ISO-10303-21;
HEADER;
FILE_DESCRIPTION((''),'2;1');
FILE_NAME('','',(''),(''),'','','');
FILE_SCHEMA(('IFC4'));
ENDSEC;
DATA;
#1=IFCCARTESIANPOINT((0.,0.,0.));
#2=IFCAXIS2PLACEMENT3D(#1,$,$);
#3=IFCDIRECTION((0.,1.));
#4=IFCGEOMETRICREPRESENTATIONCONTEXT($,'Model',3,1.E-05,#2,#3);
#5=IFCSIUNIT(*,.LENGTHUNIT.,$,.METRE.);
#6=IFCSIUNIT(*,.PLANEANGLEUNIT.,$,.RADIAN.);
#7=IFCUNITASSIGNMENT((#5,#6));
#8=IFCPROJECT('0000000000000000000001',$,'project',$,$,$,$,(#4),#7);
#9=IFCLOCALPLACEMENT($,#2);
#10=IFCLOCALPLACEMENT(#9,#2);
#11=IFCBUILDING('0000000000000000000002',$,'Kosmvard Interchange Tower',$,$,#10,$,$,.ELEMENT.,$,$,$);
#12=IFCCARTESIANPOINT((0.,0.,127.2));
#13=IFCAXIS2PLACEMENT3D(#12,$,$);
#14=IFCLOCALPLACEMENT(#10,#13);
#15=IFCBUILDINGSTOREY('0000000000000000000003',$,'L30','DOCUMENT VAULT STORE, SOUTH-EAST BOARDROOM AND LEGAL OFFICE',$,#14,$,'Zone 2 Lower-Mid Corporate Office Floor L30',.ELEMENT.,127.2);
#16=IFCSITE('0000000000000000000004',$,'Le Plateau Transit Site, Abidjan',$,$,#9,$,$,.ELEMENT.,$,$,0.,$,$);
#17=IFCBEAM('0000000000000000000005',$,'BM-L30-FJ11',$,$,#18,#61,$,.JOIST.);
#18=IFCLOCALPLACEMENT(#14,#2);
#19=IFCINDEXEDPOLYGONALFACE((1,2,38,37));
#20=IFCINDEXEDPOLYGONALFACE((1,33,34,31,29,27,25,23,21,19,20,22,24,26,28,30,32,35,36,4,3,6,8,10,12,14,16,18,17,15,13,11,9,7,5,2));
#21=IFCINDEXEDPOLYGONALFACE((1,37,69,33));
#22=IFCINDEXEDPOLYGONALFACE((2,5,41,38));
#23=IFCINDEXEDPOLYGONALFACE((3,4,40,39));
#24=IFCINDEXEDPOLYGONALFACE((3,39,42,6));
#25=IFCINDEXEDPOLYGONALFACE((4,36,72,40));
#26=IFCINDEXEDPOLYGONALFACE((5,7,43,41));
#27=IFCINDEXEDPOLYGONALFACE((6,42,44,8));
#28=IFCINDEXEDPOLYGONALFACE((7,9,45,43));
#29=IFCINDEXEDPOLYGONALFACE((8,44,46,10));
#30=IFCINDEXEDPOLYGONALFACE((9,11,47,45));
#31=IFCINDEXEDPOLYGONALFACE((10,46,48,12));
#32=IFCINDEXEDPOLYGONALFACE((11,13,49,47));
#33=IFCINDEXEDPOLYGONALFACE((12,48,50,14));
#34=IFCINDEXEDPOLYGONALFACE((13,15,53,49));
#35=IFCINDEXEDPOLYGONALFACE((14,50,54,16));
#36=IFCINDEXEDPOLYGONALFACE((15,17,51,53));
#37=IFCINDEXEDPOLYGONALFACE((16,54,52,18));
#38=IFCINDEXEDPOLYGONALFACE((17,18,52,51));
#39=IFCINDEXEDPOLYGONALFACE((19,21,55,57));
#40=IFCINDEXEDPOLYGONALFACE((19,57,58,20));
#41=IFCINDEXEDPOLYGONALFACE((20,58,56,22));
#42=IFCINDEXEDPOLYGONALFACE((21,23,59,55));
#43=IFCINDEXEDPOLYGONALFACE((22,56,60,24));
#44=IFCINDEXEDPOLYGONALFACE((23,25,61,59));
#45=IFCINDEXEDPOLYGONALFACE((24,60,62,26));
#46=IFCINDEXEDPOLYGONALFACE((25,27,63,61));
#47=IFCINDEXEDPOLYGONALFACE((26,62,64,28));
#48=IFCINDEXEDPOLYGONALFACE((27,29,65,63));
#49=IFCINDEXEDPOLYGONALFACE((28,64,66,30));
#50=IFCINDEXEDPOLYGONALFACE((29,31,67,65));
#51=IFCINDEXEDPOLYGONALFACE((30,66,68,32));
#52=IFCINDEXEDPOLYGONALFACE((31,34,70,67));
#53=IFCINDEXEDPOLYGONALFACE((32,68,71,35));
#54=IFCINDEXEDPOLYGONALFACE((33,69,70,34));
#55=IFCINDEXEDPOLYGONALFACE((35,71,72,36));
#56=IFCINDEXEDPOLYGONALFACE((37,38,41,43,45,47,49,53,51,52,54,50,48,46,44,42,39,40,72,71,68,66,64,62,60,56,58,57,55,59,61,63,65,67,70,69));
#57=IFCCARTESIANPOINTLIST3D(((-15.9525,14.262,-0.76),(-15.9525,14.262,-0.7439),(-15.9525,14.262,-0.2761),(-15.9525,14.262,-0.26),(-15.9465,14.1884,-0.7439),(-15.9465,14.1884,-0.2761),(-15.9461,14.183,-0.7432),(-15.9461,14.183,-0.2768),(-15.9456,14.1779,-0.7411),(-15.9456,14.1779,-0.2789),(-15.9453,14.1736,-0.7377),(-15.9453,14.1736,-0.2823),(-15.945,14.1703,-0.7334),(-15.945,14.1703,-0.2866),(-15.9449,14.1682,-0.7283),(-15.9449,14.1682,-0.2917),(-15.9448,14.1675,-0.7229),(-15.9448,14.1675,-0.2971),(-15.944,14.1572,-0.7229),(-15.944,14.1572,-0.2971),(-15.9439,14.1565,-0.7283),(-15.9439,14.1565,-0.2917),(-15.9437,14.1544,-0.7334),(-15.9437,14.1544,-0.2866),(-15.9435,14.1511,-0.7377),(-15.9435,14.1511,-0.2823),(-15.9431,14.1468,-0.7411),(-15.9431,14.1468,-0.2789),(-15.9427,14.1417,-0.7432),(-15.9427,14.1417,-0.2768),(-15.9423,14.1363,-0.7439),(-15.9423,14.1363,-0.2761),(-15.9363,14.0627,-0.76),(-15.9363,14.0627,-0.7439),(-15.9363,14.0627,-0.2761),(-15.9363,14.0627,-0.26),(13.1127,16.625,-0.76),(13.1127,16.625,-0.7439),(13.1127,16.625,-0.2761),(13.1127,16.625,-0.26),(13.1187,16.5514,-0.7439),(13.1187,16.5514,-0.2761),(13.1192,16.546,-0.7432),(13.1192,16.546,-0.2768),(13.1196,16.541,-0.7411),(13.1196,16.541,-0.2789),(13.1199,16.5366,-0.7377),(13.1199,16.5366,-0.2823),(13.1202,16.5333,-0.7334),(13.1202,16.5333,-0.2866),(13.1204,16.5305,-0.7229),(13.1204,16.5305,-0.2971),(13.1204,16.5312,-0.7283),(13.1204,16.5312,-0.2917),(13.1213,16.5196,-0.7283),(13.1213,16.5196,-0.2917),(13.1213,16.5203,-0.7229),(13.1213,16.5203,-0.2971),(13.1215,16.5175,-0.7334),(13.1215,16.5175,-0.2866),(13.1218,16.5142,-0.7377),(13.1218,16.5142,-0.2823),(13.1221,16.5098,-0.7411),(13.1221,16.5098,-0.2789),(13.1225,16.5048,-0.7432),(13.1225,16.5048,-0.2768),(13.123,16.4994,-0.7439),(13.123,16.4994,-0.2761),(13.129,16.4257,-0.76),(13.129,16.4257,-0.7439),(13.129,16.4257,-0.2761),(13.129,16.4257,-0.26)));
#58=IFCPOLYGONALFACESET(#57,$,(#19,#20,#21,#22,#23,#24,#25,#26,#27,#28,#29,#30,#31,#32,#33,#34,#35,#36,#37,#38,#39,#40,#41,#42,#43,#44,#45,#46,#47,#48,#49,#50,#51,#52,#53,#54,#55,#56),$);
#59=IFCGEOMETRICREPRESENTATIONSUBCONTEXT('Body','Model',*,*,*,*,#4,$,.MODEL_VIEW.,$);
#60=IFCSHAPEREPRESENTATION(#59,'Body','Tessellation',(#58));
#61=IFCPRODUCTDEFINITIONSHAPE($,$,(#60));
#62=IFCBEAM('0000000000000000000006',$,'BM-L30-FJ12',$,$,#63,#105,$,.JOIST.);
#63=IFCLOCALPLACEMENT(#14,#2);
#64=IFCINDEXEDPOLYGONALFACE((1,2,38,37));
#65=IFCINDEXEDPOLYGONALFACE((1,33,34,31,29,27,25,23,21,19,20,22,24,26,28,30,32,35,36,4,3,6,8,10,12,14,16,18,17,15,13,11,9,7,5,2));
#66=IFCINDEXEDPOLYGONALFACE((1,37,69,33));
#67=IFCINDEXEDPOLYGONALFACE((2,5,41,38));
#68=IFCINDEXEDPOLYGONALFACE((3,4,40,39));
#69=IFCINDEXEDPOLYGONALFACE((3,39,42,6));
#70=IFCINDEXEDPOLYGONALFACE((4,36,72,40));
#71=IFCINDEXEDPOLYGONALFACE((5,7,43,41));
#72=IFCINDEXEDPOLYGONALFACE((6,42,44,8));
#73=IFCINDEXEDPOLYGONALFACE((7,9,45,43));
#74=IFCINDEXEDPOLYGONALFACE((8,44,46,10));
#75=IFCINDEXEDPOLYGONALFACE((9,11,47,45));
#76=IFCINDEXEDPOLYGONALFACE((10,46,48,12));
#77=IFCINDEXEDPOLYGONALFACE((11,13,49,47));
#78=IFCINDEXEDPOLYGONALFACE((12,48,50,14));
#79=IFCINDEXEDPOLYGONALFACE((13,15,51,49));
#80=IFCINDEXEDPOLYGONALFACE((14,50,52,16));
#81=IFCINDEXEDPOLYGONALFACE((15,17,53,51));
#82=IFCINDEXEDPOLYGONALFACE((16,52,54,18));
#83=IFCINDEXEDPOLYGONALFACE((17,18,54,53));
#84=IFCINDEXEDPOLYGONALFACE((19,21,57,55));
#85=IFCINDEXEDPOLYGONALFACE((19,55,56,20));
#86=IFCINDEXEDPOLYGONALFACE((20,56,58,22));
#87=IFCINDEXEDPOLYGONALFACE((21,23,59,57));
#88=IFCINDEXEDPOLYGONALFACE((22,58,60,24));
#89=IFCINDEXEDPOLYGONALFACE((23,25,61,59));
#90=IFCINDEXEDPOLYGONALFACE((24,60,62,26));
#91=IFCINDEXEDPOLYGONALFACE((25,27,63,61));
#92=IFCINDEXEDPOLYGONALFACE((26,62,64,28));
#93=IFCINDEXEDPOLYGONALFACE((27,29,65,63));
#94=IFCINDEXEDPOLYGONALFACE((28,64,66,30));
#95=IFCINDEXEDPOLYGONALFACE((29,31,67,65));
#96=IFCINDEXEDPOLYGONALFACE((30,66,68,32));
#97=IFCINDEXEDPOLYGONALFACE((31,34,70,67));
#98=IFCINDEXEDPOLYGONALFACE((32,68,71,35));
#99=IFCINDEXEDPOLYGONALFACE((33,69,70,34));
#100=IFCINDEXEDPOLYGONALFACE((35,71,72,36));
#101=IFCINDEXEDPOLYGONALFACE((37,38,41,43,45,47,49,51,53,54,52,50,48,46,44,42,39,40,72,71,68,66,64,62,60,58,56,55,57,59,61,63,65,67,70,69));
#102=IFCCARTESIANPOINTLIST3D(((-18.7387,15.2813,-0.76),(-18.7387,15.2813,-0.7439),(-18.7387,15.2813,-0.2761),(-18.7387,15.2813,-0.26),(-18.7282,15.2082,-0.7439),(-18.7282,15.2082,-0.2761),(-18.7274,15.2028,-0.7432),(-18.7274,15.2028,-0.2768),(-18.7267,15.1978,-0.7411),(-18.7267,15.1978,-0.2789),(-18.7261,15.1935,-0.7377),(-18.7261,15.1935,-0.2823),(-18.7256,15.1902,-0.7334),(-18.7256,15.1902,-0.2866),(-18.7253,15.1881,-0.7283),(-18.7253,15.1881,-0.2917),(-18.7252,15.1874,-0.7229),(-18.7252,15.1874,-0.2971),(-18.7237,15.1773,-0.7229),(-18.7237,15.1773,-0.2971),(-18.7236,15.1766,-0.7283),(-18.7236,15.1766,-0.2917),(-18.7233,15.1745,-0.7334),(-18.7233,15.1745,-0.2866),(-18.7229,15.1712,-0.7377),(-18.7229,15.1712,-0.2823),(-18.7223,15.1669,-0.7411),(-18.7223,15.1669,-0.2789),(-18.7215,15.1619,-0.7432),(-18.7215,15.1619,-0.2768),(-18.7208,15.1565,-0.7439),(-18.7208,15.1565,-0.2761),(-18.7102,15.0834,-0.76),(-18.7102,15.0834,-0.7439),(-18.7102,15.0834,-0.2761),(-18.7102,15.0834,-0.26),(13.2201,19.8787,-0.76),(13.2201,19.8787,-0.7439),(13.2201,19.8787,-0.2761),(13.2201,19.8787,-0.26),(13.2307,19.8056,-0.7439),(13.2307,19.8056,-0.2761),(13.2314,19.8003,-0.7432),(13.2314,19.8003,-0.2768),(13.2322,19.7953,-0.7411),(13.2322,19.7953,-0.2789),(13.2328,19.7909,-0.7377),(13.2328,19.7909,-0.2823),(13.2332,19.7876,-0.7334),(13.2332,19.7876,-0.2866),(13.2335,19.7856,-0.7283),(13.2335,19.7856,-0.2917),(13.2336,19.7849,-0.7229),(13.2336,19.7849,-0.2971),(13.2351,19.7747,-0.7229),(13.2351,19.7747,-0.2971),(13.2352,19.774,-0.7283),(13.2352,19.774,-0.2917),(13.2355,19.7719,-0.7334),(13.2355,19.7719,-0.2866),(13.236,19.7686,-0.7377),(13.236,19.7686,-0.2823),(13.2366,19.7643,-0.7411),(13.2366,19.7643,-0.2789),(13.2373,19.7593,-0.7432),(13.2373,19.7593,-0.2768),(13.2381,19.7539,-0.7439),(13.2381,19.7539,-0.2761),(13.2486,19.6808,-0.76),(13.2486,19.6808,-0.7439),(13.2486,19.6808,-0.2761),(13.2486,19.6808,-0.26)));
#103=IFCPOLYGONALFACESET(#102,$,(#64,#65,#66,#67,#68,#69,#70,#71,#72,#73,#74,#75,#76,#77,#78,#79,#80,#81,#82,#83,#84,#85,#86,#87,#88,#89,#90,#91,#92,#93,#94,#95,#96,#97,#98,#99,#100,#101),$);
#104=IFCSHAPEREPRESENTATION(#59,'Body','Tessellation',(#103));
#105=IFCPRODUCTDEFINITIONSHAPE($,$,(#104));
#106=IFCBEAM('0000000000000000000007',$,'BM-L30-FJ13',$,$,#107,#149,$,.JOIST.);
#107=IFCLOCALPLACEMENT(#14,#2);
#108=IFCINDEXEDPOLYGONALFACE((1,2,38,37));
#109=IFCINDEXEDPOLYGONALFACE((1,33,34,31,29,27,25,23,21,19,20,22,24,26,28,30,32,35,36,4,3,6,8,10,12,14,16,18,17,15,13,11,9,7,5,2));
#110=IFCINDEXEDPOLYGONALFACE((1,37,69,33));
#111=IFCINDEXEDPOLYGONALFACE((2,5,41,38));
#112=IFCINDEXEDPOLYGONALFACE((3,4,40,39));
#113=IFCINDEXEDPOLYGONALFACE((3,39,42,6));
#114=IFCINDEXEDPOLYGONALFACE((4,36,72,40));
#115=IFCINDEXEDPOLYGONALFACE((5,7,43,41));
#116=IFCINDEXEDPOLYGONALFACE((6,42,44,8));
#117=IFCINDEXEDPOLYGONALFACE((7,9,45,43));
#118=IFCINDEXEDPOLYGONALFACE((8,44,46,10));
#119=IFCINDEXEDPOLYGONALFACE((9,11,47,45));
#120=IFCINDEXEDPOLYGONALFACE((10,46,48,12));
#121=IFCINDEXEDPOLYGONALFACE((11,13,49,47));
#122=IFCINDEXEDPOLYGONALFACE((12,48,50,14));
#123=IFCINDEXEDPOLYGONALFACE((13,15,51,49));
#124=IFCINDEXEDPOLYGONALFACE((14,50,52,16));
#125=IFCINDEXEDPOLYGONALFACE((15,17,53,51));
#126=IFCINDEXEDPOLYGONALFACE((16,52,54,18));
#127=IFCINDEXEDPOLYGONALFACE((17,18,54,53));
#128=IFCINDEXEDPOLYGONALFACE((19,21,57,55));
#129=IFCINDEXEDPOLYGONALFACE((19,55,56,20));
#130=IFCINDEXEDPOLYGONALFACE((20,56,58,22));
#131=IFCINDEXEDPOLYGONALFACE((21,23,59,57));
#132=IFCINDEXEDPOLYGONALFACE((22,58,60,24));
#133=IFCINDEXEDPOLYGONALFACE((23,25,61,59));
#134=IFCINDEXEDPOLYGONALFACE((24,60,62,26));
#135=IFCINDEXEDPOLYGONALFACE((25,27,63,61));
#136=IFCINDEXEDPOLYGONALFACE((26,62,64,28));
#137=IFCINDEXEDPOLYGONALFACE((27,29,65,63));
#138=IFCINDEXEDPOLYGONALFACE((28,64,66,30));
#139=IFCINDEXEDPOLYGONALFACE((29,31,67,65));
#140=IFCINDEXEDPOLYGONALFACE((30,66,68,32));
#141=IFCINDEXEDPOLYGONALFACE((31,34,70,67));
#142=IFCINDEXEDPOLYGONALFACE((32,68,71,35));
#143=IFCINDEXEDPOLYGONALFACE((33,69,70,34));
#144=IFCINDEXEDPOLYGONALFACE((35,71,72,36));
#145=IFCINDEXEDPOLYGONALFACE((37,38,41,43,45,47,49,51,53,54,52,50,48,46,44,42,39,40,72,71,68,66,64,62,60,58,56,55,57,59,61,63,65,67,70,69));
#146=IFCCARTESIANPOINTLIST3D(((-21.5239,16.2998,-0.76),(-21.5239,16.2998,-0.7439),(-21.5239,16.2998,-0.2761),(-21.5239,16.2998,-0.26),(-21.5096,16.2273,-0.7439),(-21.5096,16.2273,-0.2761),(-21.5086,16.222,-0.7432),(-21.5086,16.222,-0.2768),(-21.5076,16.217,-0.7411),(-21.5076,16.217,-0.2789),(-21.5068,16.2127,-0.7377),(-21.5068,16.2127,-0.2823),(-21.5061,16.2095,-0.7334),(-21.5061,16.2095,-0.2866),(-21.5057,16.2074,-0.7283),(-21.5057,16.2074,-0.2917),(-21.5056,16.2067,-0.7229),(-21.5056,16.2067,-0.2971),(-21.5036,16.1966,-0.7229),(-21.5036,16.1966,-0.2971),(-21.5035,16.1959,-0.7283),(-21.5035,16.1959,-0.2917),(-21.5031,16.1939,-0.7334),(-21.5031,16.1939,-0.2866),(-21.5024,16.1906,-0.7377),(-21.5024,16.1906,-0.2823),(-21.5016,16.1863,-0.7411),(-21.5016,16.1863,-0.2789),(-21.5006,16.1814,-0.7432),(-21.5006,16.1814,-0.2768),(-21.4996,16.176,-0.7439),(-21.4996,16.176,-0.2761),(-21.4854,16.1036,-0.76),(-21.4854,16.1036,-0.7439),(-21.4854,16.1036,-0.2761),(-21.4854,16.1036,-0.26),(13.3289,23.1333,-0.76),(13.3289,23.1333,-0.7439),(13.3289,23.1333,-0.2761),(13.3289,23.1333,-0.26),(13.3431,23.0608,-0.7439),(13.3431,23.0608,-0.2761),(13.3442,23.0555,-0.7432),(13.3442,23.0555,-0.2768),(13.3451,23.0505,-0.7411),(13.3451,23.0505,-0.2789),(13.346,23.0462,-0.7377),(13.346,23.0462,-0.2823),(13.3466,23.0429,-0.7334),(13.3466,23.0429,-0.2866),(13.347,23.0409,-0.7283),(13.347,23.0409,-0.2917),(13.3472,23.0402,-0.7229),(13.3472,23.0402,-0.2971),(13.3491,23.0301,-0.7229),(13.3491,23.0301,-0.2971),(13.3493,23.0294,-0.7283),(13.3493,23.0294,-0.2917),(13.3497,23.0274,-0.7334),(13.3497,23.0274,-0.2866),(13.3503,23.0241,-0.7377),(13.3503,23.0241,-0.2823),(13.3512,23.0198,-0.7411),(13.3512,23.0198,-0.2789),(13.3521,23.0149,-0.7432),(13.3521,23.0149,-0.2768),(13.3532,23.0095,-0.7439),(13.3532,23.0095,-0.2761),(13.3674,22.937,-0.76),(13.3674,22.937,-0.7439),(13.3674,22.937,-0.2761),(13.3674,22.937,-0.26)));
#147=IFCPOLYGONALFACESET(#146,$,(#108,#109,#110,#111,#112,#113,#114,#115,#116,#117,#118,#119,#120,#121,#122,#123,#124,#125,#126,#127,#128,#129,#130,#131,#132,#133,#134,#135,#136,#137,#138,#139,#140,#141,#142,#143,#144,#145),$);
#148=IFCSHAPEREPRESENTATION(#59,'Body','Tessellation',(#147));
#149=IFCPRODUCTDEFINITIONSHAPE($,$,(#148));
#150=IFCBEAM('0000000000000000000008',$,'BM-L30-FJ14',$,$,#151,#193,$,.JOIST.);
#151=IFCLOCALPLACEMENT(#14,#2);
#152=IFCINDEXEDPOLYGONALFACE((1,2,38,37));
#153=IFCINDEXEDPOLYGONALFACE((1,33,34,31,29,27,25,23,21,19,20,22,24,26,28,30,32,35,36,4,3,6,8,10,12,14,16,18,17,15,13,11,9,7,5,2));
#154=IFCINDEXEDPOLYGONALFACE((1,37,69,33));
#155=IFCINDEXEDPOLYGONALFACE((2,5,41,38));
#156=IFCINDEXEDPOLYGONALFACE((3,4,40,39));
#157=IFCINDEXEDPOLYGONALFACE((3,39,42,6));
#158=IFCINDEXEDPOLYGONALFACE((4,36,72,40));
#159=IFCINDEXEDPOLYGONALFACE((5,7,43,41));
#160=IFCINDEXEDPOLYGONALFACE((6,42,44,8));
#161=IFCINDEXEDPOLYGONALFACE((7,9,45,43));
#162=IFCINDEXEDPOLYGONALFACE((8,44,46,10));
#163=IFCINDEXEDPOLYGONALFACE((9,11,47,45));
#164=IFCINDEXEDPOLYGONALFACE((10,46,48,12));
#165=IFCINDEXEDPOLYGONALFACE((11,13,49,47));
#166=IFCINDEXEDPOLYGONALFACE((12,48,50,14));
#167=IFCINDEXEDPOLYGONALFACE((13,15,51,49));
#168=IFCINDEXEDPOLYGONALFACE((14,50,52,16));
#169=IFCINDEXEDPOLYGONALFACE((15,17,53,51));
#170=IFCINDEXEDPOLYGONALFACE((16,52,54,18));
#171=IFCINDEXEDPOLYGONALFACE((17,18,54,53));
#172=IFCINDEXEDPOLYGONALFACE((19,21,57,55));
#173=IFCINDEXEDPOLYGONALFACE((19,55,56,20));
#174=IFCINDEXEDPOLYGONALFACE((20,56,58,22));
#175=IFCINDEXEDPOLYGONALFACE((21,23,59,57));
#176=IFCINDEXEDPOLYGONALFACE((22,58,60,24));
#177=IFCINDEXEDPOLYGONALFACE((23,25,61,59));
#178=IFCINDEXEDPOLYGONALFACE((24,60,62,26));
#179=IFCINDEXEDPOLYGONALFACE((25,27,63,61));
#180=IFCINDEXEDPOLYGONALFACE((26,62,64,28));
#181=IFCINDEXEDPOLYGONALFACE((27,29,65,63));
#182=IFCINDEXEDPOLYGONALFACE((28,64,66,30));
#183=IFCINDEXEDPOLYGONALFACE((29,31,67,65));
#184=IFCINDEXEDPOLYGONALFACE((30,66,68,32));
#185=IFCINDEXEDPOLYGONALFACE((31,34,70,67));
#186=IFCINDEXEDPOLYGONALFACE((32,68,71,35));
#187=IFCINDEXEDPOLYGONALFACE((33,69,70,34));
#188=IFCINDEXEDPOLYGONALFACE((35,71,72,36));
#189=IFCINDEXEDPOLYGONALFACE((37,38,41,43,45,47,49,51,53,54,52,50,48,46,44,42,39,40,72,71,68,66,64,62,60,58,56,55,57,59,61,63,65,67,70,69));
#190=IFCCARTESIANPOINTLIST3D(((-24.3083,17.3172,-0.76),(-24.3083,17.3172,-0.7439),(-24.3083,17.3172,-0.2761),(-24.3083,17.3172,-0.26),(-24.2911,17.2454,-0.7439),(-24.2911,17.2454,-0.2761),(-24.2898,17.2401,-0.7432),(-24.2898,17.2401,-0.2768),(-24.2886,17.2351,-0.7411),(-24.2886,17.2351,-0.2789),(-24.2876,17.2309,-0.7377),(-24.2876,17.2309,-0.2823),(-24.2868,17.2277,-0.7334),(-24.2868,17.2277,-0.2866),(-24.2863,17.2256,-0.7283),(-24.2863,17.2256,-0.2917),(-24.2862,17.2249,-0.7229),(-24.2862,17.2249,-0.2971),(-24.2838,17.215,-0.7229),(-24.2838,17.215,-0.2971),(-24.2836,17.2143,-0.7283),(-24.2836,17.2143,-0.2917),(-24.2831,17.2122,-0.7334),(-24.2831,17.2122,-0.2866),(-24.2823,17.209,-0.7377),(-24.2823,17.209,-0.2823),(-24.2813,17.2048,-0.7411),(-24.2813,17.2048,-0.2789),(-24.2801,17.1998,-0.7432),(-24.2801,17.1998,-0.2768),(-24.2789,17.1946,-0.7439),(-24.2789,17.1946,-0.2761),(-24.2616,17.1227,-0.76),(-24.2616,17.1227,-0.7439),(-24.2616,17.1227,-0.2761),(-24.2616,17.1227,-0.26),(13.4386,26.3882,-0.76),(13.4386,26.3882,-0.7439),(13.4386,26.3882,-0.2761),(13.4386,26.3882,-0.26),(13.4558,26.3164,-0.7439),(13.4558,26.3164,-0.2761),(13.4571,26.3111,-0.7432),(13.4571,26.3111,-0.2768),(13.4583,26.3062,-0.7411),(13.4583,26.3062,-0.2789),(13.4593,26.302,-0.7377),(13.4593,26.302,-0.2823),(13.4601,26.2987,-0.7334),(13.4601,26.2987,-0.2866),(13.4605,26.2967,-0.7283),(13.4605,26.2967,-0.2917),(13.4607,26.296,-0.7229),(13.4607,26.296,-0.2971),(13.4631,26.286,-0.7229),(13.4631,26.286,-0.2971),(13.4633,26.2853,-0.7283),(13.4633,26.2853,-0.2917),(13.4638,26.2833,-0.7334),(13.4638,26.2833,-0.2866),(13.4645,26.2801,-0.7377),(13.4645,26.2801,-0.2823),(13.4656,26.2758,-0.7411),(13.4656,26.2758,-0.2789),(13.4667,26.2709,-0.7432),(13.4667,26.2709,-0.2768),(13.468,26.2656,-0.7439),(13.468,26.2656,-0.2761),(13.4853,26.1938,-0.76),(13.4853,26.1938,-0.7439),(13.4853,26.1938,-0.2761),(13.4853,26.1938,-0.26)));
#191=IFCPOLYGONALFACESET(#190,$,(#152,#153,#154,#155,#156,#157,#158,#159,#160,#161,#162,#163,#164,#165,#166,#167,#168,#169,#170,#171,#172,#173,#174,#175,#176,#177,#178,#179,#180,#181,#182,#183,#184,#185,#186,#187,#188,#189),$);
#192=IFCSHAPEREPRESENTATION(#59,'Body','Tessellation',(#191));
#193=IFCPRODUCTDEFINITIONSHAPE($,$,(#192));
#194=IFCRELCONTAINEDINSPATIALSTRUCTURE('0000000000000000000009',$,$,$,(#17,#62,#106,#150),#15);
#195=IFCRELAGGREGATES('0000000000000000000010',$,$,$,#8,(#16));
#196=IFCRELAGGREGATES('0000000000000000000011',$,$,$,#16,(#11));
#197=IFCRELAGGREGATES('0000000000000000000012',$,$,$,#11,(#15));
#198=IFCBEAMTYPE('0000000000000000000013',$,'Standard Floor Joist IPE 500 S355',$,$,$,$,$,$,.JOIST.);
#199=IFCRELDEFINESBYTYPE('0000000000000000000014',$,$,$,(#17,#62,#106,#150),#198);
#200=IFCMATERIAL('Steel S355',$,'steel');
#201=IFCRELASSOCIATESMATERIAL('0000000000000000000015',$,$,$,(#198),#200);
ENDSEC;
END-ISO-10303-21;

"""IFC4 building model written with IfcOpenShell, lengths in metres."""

from ifc_helpers import new_model, si_unit, direction, frame, origin, origin_2d, place, context, subcontext, project, spatial, i_section, extrude, source, transform, mapped, material, material_profile, profile_set, type_object, element, save


model = new_model("IFC4")

# Units and contexts
model_context = context("Model", 3, precision=1e-05, world=origin(), true_north=direction((0.0, 1.0)))
body_context = subcontext(model_context, "Body", "Model", "MODEL_VIEW")
ifc_project = project(units=[si_unit("LENGTHUNIT", "METRE"), si_unit("PLANEANGLEUNIT", "RADIAN")], contexts=[model_context])

# Site, building, storey
site_placement = place(None, origin())
site = spatial("IfcSite", under=ifc_project, at=site_placement, Name="Le Plateau Transit Site, Abidjan", CompositionType="ELEMENT", RefElevation=0.0)
building_placement = place(site_placement, origin())
building = spatial("IfcBuilding", under=site, at=building_placement, Name="Kosmvard Interchange Tower", CompositionType="ELEMENT")
storey_placement = place(building_placement, frame((0.0, 0.0, 127.2)))
storey = spatial("IfcBuildingStorey", under=building, at=storey_placement, Name="L30", Description="DOCUMENT VAULT STORE, SOUTH-EAST BOARDROOM AND LEGAL OFFICE", LongName="Zone 2 Lower-Mid Corporate Office Floor L30", CompositionType="ELEMENT", Elevation=127.2)

# Beams
ifc_material_1 = material(Name="Steel S355", Category="steel")
ifc_material_profile_1 = material_profile(ifc_material_1, i_section(OverallWidth=0.2, OverallDepth=0.5, WebThickness=0.0103, FlangeThickness=0.0161, FilletRadius=0.021, at=origin_2d()), Name="IPE 500")
ifc_profile_set_1 = profile_set([ifc_material_profile_1], Name="Steel S355")
beam_type_1 = type_object("IfcBeamType", Name="Standard Floor Joist IPE 500 S355", PredefinedType="JOIST", material=ifc_profile_set_1)
shared_shape_1 = source(origin(), body_context, "Body", "SweptSolid", [
    extrude(i_section(OverallWidth=0.2, OverallDepth=0.5, WebThickness=0.0103, FlangeThickness=0.0161, FilletRadius=0.021, at=origin_2d()), origin(), (0.0, 0.0, 1.0), 29.1611),
])
beam_1_placement = place(storey_placement, frame((13.1208, 16.5254, -0.51), z_axis=(-0.996711, -0.081034, 0.0), x_axis=(0.081034, -0.996711, 0.0)))
element("IfcBeam", 1, at=beam_1_placement, inside=storey, type_object=beam_type_1, Name="BM-L30-FJ11", PredefinedType="JOIST", context=body_context, shape_type="MappedRepresentation", body=[
    mapped(shared_shape_1, transform((0.0, 0.0, 0.0), scale=1.0)),
])
shared_shape_2 = source(origin(), body_context, "Body", "SweptSolid", [
    extrude(i_section(OverallWidth=0.2, OverallDepth=0.5, WebThickness=0.0103, FlangeThickness=0.0161, FilletRadius=0.021, at=origin_2d()), origin(), (0.0, 0.0, 1.0), 32.2878),
])
beam_2_placement = place(storey_placement, frame((13.2344, 19.7798, -0.51), z_axis=(-0.989811, -0.142389, 0.0), x_axis=(0.142389, -0.989811, 0.0)))
element("IfcBeam", 2, at=beam_2_placement, inside=storey, type_object=beam_type_1, Name="BM-L30-FJ12", PredefinedType="JOIST", context=body_context, shape_type="MappedRepresentation", body=[
    mapped(shared_shape_2, transform((0.0, 0.0, 0.0), scale=1.0)),
])
shared_shape_3 = source(origin(), body_context, "Body", "SweptSolid", [
    extrude(i_section(OverallWidth=0.2, OverallDepth=0.5, WebThickness=0.0103, FlangeThickness=0.0161, FilletRadius=0.021, at=origin_2d()), origin(), (0.0, 0.0, 1.0), 35.5164),
])
beam_3_placement = place(storey_placement, frame((13.3481, 23.0352, -0.51), z_axis=(-0.981316, -0.192404, 0.0), x_axis=(0.192404, -0.981316, 0.0)))
element("IfcBeam", 3, at=beam_3_placement, inside=storey, type_object=beam_type_1, Name="BM-L30-FJ13", PredefinedType="JOIST", context=body_context, shape_type="MappedRepresentation", body=[
    mapped(shared_shape_3, transform((0.0, 0.0, 0.0), scale=1.0)),
])
shared_shape_4 = source(origin(), body_context, "Body", "SweptSolid", [
    extrude(i_section(OverallWidth=0.2, OverallDepth=0.5, WebThickness=0.0103, FlangeThickness=0.0161, FilletRadius=0.021, at=origin_2d()), origin(), (0.0, 0.0, 1.0), 38.8215),
])
beam_4_placement = place(storey_placement, frame((13.4619, 26.291, -0.51), z_axis=(-0.972318, -0.233661, 0.0), x_axis=(0.233661, -0.972318, 0.0)))
element("IfcBeam", 4, at=beam_4_placement, inside=storey, type_object=beam_type_1, Name="BM-L30-FJ14", PredefinedType="JOIST", context=body_context, shape_type="MappedRepresentation", body=[
    mapped(shared_shape_4, transform((0.0, 0.0, 0.0), scale=1.0)),
])

save(model, "model.ifc")
